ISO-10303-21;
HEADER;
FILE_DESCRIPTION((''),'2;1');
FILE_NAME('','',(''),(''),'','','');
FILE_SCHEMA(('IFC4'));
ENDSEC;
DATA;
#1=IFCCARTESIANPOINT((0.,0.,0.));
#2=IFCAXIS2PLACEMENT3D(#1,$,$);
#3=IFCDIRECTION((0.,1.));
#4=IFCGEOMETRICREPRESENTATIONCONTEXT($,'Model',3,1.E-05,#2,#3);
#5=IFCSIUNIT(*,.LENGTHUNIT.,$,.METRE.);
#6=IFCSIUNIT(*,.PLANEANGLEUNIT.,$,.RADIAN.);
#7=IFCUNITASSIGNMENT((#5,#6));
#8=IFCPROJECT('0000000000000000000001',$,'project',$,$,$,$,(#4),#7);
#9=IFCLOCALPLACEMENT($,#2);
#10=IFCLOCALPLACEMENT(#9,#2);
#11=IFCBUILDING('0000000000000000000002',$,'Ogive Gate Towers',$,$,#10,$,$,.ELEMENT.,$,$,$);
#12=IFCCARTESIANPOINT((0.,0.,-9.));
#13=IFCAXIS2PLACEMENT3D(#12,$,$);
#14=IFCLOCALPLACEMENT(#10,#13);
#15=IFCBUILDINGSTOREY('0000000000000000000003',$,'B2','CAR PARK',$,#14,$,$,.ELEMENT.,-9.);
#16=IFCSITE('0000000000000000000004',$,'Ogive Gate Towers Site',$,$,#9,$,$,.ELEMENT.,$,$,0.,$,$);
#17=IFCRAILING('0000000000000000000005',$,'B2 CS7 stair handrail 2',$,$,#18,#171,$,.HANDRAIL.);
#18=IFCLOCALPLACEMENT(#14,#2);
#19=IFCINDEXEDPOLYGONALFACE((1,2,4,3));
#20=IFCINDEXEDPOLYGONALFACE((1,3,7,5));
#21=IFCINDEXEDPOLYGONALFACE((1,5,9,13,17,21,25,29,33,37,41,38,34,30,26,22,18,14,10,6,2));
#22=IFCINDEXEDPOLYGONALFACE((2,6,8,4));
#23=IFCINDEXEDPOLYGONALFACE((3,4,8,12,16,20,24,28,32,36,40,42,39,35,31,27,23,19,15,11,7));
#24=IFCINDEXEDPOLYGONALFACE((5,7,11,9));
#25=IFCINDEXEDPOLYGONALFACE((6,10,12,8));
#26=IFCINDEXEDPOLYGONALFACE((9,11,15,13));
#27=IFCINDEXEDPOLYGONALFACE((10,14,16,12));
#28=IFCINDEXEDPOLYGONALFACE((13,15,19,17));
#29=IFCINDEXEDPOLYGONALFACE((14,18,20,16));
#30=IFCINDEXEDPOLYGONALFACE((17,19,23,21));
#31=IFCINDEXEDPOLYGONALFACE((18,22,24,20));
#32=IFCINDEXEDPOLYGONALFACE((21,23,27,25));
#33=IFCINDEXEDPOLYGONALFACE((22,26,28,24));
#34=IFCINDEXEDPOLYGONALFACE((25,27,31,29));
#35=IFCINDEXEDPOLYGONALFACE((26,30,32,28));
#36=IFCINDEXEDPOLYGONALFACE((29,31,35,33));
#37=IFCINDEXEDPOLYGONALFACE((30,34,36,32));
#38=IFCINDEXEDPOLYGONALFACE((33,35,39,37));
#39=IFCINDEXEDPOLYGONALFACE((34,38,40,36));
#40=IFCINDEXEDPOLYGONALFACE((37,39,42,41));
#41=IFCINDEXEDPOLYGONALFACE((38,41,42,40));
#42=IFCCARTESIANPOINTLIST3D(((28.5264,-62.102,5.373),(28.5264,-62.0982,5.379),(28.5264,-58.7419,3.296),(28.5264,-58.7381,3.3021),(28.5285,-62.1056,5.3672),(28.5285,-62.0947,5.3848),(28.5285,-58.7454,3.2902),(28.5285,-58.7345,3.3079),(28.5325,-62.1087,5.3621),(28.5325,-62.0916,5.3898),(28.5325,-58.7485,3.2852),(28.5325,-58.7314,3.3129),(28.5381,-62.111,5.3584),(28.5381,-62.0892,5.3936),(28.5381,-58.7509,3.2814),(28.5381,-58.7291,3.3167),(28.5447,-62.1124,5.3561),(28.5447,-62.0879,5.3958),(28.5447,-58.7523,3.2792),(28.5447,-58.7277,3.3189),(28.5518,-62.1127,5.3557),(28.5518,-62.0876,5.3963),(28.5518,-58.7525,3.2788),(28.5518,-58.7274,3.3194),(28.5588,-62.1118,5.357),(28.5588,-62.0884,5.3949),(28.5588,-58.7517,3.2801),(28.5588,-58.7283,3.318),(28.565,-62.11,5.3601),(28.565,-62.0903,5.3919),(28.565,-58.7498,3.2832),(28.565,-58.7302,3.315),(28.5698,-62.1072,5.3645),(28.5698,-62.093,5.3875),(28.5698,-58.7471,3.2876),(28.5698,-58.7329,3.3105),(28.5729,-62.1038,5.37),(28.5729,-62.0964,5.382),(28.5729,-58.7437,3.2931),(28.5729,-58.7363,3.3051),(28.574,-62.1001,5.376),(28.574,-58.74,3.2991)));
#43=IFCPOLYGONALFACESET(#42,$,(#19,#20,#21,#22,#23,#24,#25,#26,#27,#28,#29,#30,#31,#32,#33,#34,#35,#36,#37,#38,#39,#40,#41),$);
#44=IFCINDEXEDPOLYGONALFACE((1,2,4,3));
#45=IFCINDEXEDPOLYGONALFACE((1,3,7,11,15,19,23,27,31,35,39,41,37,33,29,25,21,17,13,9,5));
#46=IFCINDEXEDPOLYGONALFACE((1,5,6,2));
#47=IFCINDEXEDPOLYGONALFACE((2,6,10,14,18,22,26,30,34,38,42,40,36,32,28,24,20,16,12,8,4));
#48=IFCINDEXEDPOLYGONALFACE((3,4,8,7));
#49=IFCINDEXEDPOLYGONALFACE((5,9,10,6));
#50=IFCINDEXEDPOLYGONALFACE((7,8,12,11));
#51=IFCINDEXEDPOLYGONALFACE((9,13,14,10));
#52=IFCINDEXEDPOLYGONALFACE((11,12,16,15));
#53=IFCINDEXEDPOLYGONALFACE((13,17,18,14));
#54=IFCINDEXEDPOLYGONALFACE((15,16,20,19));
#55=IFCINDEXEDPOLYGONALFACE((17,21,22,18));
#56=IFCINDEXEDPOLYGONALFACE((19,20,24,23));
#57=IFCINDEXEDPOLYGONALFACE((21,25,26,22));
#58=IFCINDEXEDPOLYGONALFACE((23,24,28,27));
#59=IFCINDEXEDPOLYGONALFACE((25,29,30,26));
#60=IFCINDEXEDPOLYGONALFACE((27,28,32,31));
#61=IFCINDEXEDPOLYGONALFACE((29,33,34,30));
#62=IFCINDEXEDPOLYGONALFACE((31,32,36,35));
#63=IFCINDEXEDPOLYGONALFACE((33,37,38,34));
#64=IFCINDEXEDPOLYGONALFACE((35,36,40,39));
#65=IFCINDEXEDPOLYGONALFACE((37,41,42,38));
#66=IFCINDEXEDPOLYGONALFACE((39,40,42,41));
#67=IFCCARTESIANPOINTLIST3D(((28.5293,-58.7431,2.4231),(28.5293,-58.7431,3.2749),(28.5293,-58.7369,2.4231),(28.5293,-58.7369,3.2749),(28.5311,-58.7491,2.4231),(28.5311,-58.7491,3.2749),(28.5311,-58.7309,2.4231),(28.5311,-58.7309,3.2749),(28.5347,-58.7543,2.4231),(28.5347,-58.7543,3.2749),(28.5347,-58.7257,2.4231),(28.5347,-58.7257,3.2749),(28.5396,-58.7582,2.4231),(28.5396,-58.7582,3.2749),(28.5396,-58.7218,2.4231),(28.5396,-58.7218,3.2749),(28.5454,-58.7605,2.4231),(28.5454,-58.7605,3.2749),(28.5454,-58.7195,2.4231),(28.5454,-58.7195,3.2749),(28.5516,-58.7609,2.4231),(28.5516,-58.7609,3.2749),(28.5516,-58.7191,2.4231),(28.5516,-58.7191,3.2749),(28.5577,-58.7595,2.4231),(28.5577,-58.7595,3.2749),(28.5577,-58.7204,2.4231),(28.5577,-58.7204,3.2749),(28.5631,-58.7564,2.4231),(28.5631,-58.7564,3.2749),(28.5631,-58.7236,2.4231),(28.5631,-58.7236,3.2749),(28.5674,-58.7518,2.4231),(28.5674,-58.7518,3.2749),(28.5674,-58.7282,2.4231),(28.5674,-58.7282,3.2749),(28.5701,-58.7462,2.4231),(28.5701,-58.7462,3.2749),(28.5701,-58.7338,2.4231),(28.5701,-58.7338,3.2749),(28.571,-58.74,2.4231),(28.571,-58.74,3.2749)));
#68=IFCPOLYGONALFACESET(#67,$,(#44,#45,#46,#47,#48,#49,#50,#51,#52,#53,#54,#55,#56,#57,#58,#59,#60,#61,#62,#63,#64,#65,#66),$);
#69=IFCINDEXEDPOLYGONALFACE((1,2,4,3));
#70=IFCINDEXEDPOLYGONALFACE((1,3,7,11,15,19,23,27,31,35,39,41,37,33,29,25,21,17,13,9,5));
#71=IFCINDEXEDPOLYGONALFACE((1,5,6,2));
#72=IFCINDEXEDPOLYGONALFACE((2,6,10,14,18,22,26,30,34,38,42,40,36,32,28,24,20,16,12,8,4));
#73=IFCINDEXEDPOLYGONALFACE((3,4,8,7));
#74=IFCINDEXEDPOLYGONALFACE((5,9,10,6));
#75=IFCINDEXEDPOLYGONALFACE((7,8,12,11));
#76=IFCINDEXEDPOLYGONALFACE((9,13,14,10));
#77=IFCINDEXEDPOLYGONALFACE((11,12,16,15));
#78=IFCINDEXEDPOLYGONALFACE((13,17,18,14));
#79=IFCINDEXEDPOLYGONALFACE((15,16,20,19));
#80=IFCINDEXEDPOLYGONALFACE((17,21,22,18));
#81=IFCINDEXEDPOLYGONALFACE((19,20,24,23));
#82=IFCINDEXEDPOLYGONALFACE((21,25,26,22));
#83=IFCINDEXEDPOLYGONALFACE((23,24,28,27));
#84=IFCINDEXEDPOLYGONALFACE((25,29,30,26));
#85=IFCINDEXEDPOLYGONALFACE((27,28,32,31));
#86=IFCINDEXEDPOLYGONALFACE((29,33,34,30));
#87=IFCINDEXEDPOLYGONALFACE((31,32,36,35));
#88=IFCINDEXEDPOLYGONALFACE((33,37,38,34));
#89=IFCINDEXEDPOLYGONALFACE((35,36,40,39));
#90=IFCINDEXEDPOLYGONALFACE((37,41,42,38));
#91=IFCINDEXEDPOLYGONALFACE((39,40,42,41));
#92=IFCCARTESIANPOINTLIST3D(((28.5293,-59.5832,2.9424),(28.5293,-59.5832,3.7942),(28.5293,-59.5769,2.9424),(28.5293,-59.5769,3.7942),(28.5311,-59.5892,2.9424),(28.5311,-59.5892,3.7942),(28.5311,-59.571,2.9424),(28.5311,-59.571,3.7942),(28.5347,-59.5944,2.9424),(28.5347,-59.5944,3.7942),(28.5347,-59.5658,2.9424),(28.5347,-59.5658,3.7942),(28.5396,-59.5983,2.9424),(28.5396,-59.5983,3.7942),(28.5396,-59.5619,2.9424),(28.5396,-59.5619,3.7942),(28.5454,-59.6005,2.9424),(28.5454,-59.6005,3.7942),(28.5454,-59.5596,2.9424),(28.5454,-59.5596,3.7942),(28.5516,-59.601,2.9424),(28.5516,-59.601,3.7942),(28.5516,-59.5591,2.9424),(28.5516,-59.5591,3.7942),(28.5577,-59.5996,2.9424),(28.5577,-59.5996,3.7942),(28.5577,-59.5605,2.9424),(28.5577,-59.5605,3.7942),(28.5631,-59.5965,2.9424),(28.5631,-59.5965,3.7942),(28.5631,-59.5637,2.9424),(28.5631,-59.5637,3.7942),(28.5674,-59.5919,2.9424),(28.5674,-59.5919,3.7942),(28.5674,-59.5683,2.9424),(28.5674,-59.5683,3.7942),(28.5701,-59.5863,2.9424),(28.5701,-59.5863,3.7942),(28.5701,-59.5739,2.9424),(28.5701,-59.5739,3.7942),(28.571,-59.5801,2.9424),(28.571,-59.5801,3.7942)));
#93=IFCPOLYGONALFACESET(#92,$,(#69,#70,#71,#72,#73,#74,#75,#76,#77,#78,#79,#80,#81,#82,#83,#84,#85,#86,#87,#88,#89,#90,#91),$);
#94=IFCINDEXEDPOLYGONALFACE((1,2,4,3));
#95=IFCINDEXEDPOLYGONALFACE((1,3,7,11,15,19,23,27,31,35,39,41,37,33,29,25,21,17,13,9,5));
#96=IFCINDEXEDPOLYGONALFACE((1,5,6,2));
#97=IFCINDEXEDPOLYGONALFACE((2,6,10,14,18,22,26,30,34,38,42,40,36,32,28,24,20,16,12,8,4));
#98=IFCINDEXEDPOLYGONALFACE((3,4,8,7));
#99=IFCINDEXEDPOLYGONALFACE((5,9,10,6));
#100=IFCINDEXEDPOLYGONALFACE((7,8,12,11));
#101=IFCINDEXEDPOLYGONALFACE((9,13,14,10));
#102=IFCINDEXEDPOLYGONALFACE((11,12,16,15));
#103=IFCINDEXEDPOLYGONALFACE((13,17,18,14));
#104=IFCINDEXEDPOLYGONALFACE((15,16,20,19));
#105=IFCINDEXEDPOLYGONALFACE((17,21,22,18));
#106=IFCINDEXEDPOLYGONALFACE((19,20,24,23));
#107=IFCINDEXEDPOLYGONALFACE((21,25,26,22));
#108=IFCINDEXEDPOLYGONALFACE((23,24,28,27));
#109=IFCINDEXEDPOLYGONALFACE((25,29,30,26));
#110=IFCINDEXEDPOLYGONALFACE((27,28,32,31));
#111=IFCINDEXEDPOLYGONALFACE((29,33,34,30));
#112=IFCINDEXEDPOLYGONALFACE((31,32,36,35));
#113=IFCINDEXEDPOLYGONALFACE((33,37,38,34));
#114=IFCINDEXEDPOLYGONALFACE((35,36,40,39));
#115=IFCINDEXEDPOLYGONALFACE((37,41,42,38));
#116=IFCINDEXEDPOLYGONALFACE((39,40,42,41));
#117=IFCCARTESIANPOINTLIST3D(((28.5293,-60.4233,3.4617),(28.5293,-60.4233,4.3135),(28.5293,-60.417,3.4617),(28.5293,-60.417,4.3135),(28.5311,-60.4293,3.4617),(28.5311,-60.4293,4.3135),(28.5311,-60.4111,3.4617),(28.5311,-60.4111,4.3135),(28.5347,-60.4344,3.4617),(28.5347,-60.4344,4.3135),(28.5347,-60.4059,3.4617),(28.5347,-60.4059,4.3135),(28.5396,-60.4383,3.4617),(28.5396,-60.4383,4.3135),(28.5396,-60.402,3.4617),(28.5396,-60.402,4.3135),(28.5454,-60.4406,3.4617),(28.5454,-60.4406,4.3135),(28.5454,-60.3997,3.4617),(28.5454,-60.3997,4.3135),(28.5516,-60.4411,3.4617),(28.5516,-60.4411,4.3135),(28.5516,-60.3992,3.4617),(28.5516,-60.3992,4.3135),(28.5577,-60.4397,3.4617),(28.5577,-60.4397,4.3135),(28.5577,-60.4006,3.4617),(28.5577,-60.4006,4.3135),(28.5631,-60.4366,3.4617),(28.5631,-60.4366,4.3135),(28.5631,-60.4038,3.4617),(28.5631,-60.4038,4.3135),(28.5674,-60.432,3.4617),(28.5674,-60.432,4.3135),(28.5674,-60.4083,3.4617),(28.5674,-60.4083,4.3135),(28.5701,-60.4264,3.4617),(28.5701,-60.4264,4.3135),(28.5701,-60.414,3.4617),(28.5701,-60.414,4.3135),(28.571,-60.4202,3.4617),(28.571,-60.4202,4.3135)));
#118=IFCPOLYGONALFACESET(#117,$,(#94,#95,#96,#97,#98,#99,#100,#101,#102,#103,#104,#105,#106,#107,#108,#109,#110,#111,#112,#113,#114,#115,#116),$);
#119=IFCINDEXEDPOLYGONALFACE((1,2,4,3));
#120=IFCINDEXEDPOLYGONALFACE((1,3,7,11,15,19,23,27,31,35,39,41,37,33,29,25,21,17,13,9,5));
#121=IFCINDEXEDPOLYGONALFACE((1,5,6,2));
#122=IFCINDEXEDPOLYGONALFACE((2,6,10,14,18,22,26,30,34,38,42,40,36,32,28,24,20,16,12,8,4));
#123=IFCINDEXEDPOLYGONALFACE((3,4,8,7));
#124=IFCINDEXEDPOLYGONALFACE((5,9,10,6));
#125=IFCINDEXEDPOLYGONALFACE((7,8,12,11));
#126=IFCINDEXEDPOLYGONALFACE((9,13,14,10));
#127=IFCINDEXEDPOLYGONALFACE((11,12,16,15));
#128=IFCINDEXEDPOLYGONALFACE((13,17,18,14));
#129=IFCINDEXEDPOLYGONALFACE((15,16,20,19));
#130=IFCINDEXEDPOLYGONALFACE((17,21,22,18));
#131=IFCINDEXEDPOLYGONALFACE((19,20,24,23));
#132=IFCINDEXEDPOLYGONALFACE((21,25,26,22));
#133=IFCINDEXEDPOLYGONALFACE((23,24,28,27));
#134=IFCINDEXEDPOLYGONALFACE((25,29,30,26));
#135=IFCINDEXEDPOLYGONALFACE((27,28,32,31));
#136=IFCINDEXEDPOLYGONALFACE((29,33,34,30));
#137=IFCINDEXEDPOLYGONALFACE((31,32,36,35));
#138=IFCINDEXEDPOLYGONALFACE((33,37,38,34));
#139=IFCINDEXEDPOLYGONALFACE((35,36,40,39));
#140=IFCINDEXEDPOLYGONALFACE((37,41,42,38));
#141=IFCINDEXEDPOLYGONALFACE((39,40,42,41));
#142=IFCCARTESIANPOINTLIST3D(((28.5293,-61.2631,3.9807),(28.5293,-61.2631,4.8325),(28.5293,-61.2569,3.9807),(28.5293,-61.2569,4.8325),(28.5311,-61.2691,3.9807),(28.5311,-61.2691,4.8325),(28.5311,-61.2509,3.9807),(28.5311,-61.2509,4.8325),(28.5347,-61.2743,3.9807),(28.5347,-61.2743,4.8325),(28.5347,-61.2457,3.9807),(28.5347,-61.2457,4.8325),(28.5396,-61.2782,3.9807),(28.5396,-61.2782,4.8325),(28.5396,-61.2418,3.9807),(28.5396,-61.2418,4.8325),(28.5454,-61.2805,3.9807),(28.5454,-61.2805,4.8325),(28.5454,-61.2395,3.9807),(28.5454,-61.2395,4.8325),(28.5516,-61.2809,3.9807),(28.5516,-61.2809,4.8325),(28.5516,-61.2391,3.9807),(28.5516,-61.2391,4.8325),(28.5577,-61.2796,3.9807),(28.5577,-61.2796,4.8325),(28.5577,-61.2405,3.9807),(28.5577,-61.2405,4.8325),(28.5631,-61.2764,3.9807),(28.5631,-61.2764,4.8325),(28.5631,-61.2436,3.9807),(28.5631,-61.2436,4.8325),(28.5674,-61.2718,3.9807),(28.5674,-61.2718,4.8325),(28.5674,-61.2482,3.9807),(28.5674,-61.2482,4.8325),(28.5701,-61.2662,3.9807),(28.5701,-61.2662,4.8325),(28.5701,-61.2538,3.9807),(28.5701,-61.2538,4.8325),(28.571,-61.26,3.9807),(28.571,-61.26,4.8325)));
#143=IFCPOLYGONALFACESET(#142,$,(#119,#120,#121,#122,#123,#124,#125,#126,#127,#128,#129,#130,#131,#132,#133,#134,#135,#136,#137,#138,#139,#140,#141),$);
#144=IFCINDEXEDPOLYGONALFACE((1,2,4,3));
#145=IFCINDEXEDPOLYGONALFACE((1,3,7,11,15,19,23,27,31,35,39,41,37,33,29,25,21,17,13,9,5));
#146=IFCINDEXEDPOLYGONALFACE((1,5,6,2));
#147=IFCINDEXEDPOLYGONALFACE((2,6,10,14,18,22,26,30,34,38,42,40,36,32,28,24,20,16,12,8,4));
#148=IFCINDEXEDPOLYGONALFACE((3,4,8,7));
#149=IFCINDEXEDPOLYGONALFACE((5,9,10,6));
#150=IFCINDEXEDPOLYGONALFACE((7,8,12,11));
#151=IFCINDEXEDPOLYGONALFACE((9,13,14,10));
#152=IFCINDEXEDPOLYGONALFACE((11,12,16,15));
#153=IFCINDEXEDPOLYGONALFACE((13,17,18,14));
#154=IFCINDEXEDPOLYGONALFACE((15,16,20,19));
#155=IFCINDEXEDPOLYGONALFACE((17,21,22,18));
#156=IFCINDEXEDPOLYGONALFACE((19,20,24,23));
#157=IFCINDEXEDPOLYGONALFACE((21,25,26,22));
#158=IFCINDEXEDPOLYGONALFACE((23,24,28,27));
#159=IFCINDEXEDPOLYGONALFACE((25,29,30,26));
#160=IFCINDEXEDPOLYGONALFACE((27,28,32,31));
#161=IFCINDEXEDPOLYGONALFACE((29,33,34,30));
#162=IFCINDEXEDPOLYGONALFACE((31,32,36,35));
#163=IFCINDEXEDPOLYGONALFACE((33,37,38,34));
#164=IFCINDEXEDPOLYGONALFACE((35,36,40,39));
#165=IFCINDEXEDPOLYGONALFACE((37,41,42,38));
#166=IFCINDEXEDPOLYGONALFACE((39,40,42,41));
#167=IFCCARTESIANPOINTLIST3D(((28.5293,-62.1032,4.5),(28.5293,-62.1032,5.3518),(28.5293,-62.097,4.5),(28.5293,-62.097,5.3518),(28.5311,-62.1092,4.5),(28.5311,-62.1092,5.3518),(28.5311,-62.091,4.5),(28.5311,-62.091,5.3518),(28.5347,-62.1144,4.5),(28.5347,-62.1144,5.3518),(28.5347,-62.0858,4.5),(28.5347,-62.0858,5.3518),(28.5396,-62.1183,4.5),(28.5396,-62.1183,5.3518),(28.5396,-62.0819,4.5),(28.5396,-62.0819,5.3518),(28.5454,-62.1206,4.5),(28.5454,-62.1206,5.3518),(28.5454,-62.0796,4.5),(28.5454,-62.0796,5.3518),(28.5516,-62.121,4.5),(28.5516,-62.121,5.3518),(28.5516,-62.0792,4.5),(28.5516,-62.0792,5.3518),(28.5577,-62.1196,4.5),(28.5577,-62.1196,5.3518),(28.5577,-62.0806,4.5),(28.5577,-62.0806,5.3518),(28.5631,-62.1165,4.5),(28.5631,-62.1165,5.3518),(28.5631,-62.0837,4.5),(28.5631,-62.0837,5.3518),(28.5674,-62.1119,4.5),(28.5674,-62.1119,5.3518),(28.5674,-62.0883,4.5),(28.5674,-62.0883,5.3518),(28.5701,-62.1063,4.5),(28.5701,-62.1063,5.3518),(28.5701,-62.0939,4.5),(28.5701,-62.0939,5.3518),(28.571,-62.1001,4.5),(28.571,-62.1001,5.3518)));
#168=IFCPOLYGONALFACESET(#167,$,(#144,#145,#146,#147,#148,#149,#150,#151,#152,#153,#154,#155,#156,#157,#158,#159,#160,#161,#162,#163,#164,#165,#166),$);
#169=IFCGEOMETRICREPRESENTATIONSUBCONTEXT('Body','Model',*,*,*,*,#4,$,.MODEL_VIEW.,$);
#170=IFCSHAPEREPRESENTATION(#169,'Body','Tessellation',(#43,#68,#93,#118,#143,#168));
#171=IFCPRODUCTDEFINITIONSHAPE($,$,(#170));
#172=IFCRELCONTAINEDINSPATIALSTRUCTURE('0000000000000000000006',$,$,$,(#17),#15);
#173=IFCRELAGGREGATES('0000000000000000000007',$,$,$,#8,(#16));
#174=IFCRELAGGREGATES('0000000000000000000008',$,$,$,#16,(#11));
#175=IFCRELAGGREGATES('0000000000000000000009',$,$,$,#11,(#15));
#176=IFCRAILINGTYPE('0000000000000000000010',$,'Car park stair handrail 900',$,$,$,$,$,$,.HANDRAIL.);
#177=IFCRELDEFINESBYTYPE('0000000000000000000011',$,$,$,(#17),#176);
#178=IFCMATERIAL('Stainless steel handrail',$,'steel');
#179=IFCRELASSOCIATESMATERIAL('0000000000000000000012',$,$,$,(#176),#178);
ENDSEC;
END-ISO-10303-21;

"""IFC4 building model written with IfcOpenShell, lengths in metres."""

from ifc_helpers import new_model, si_unit, direction, frame, origin, origin_2d, place, context, subcontext, project, spatial, circle, extrude, material, type_object, element, save


model = new_model("IFC4")

# Units and contexts
model_context = context("Model", 3, precision=1e-05, world=origin(), true_north=direction((0.0, 1.0)))
body_context = subcontext(model_context, "Body", "Model", "MODEL_VIEW")
ifc_project = project(units=[si_unit("LENGTHUNIT", "METRE"), si_unit("PLANEANGLEUNIT", "RADIAN")], contexts=[model_context])

# Site, building, storey
site_placement = place(None, origin())
site = spatial("IfcSite", under=ifc_project, at=site_placement, Name="Ogive Gate Towers Site", CompositionType="ELEMENT", RefElevation=0.0)
building_placement = place(site_placement, origin())
building = spatial("IfcBuilding", under=site, at=building_placement, Name="Ogive Gate Towers", CompositionType="ELEMENT")
storey_placement = place(building_placement, frame((0.0, 0.0, -9.0)))
storey = spatial("IfcBuildingStorey", under=building, at=storey_placement, Name="B2", Description="CAR PARK", CompositionType="ELEMENT", Elevation=-9.0)

# Railing
ifc_material_1 = material(Name="Stainless steel handrail", Category="steel")
railing_type_1 = type_object("IfcRailingType", Name="Car park stair handrail 900", PredefinedType="HANDRAIL", material=ifc_material_1)
railing_1_placement = place(storey_placement, frame((28.55, -58.74, 2.4231)))
element("IfcRailing", 1, at=railing_1_placement, inside=storey, type_object=railing_type_1, Name="B2 CS7 stair handrail 2", PredefinedType="HANDRAIL", context=body_context, shape_type="SweptSolid", body=[
    extrude(circle(Radius=0.0239, at=origin_2d()), frame((0.0, 0.0, 0.876), z_axis=(0.0, -0.850623, 0.525776), x_axis=(1.0, 0.0, 0.0)), (0.0, 0.0, 1.0), 3.9502),
    extrude(circle(Radius=0.021, at=origin_2d()), origin(), (0.0, 0.0, 1.0), 0.8518),
    extrude(circle(Radius=0.021, at=origin_2d()), frame((0.0, -0.8401, 0.5193)), (0.0, 0.0, 1.0), 0.8518),
    extrude(circle(Radius=0.021, at=origin_2d()), frame((0.0, -1.6802, 1.0386)), (0.0, 0.0, 1.0), 0.8518),
    extrude(circle(Radius=0.021, at=origin_2d()), frame((0.0, -2.52, 1.5576)), (0.0, 0.0, 1.0), 0.8518),
    extrude(circle(Radius=0.021, at=origin_2d()), frame((0.0, -3.3601, 2.0769)), (0.0, 0.0, 1.0), 0.8518),
])

save(model, "model.ifc")
